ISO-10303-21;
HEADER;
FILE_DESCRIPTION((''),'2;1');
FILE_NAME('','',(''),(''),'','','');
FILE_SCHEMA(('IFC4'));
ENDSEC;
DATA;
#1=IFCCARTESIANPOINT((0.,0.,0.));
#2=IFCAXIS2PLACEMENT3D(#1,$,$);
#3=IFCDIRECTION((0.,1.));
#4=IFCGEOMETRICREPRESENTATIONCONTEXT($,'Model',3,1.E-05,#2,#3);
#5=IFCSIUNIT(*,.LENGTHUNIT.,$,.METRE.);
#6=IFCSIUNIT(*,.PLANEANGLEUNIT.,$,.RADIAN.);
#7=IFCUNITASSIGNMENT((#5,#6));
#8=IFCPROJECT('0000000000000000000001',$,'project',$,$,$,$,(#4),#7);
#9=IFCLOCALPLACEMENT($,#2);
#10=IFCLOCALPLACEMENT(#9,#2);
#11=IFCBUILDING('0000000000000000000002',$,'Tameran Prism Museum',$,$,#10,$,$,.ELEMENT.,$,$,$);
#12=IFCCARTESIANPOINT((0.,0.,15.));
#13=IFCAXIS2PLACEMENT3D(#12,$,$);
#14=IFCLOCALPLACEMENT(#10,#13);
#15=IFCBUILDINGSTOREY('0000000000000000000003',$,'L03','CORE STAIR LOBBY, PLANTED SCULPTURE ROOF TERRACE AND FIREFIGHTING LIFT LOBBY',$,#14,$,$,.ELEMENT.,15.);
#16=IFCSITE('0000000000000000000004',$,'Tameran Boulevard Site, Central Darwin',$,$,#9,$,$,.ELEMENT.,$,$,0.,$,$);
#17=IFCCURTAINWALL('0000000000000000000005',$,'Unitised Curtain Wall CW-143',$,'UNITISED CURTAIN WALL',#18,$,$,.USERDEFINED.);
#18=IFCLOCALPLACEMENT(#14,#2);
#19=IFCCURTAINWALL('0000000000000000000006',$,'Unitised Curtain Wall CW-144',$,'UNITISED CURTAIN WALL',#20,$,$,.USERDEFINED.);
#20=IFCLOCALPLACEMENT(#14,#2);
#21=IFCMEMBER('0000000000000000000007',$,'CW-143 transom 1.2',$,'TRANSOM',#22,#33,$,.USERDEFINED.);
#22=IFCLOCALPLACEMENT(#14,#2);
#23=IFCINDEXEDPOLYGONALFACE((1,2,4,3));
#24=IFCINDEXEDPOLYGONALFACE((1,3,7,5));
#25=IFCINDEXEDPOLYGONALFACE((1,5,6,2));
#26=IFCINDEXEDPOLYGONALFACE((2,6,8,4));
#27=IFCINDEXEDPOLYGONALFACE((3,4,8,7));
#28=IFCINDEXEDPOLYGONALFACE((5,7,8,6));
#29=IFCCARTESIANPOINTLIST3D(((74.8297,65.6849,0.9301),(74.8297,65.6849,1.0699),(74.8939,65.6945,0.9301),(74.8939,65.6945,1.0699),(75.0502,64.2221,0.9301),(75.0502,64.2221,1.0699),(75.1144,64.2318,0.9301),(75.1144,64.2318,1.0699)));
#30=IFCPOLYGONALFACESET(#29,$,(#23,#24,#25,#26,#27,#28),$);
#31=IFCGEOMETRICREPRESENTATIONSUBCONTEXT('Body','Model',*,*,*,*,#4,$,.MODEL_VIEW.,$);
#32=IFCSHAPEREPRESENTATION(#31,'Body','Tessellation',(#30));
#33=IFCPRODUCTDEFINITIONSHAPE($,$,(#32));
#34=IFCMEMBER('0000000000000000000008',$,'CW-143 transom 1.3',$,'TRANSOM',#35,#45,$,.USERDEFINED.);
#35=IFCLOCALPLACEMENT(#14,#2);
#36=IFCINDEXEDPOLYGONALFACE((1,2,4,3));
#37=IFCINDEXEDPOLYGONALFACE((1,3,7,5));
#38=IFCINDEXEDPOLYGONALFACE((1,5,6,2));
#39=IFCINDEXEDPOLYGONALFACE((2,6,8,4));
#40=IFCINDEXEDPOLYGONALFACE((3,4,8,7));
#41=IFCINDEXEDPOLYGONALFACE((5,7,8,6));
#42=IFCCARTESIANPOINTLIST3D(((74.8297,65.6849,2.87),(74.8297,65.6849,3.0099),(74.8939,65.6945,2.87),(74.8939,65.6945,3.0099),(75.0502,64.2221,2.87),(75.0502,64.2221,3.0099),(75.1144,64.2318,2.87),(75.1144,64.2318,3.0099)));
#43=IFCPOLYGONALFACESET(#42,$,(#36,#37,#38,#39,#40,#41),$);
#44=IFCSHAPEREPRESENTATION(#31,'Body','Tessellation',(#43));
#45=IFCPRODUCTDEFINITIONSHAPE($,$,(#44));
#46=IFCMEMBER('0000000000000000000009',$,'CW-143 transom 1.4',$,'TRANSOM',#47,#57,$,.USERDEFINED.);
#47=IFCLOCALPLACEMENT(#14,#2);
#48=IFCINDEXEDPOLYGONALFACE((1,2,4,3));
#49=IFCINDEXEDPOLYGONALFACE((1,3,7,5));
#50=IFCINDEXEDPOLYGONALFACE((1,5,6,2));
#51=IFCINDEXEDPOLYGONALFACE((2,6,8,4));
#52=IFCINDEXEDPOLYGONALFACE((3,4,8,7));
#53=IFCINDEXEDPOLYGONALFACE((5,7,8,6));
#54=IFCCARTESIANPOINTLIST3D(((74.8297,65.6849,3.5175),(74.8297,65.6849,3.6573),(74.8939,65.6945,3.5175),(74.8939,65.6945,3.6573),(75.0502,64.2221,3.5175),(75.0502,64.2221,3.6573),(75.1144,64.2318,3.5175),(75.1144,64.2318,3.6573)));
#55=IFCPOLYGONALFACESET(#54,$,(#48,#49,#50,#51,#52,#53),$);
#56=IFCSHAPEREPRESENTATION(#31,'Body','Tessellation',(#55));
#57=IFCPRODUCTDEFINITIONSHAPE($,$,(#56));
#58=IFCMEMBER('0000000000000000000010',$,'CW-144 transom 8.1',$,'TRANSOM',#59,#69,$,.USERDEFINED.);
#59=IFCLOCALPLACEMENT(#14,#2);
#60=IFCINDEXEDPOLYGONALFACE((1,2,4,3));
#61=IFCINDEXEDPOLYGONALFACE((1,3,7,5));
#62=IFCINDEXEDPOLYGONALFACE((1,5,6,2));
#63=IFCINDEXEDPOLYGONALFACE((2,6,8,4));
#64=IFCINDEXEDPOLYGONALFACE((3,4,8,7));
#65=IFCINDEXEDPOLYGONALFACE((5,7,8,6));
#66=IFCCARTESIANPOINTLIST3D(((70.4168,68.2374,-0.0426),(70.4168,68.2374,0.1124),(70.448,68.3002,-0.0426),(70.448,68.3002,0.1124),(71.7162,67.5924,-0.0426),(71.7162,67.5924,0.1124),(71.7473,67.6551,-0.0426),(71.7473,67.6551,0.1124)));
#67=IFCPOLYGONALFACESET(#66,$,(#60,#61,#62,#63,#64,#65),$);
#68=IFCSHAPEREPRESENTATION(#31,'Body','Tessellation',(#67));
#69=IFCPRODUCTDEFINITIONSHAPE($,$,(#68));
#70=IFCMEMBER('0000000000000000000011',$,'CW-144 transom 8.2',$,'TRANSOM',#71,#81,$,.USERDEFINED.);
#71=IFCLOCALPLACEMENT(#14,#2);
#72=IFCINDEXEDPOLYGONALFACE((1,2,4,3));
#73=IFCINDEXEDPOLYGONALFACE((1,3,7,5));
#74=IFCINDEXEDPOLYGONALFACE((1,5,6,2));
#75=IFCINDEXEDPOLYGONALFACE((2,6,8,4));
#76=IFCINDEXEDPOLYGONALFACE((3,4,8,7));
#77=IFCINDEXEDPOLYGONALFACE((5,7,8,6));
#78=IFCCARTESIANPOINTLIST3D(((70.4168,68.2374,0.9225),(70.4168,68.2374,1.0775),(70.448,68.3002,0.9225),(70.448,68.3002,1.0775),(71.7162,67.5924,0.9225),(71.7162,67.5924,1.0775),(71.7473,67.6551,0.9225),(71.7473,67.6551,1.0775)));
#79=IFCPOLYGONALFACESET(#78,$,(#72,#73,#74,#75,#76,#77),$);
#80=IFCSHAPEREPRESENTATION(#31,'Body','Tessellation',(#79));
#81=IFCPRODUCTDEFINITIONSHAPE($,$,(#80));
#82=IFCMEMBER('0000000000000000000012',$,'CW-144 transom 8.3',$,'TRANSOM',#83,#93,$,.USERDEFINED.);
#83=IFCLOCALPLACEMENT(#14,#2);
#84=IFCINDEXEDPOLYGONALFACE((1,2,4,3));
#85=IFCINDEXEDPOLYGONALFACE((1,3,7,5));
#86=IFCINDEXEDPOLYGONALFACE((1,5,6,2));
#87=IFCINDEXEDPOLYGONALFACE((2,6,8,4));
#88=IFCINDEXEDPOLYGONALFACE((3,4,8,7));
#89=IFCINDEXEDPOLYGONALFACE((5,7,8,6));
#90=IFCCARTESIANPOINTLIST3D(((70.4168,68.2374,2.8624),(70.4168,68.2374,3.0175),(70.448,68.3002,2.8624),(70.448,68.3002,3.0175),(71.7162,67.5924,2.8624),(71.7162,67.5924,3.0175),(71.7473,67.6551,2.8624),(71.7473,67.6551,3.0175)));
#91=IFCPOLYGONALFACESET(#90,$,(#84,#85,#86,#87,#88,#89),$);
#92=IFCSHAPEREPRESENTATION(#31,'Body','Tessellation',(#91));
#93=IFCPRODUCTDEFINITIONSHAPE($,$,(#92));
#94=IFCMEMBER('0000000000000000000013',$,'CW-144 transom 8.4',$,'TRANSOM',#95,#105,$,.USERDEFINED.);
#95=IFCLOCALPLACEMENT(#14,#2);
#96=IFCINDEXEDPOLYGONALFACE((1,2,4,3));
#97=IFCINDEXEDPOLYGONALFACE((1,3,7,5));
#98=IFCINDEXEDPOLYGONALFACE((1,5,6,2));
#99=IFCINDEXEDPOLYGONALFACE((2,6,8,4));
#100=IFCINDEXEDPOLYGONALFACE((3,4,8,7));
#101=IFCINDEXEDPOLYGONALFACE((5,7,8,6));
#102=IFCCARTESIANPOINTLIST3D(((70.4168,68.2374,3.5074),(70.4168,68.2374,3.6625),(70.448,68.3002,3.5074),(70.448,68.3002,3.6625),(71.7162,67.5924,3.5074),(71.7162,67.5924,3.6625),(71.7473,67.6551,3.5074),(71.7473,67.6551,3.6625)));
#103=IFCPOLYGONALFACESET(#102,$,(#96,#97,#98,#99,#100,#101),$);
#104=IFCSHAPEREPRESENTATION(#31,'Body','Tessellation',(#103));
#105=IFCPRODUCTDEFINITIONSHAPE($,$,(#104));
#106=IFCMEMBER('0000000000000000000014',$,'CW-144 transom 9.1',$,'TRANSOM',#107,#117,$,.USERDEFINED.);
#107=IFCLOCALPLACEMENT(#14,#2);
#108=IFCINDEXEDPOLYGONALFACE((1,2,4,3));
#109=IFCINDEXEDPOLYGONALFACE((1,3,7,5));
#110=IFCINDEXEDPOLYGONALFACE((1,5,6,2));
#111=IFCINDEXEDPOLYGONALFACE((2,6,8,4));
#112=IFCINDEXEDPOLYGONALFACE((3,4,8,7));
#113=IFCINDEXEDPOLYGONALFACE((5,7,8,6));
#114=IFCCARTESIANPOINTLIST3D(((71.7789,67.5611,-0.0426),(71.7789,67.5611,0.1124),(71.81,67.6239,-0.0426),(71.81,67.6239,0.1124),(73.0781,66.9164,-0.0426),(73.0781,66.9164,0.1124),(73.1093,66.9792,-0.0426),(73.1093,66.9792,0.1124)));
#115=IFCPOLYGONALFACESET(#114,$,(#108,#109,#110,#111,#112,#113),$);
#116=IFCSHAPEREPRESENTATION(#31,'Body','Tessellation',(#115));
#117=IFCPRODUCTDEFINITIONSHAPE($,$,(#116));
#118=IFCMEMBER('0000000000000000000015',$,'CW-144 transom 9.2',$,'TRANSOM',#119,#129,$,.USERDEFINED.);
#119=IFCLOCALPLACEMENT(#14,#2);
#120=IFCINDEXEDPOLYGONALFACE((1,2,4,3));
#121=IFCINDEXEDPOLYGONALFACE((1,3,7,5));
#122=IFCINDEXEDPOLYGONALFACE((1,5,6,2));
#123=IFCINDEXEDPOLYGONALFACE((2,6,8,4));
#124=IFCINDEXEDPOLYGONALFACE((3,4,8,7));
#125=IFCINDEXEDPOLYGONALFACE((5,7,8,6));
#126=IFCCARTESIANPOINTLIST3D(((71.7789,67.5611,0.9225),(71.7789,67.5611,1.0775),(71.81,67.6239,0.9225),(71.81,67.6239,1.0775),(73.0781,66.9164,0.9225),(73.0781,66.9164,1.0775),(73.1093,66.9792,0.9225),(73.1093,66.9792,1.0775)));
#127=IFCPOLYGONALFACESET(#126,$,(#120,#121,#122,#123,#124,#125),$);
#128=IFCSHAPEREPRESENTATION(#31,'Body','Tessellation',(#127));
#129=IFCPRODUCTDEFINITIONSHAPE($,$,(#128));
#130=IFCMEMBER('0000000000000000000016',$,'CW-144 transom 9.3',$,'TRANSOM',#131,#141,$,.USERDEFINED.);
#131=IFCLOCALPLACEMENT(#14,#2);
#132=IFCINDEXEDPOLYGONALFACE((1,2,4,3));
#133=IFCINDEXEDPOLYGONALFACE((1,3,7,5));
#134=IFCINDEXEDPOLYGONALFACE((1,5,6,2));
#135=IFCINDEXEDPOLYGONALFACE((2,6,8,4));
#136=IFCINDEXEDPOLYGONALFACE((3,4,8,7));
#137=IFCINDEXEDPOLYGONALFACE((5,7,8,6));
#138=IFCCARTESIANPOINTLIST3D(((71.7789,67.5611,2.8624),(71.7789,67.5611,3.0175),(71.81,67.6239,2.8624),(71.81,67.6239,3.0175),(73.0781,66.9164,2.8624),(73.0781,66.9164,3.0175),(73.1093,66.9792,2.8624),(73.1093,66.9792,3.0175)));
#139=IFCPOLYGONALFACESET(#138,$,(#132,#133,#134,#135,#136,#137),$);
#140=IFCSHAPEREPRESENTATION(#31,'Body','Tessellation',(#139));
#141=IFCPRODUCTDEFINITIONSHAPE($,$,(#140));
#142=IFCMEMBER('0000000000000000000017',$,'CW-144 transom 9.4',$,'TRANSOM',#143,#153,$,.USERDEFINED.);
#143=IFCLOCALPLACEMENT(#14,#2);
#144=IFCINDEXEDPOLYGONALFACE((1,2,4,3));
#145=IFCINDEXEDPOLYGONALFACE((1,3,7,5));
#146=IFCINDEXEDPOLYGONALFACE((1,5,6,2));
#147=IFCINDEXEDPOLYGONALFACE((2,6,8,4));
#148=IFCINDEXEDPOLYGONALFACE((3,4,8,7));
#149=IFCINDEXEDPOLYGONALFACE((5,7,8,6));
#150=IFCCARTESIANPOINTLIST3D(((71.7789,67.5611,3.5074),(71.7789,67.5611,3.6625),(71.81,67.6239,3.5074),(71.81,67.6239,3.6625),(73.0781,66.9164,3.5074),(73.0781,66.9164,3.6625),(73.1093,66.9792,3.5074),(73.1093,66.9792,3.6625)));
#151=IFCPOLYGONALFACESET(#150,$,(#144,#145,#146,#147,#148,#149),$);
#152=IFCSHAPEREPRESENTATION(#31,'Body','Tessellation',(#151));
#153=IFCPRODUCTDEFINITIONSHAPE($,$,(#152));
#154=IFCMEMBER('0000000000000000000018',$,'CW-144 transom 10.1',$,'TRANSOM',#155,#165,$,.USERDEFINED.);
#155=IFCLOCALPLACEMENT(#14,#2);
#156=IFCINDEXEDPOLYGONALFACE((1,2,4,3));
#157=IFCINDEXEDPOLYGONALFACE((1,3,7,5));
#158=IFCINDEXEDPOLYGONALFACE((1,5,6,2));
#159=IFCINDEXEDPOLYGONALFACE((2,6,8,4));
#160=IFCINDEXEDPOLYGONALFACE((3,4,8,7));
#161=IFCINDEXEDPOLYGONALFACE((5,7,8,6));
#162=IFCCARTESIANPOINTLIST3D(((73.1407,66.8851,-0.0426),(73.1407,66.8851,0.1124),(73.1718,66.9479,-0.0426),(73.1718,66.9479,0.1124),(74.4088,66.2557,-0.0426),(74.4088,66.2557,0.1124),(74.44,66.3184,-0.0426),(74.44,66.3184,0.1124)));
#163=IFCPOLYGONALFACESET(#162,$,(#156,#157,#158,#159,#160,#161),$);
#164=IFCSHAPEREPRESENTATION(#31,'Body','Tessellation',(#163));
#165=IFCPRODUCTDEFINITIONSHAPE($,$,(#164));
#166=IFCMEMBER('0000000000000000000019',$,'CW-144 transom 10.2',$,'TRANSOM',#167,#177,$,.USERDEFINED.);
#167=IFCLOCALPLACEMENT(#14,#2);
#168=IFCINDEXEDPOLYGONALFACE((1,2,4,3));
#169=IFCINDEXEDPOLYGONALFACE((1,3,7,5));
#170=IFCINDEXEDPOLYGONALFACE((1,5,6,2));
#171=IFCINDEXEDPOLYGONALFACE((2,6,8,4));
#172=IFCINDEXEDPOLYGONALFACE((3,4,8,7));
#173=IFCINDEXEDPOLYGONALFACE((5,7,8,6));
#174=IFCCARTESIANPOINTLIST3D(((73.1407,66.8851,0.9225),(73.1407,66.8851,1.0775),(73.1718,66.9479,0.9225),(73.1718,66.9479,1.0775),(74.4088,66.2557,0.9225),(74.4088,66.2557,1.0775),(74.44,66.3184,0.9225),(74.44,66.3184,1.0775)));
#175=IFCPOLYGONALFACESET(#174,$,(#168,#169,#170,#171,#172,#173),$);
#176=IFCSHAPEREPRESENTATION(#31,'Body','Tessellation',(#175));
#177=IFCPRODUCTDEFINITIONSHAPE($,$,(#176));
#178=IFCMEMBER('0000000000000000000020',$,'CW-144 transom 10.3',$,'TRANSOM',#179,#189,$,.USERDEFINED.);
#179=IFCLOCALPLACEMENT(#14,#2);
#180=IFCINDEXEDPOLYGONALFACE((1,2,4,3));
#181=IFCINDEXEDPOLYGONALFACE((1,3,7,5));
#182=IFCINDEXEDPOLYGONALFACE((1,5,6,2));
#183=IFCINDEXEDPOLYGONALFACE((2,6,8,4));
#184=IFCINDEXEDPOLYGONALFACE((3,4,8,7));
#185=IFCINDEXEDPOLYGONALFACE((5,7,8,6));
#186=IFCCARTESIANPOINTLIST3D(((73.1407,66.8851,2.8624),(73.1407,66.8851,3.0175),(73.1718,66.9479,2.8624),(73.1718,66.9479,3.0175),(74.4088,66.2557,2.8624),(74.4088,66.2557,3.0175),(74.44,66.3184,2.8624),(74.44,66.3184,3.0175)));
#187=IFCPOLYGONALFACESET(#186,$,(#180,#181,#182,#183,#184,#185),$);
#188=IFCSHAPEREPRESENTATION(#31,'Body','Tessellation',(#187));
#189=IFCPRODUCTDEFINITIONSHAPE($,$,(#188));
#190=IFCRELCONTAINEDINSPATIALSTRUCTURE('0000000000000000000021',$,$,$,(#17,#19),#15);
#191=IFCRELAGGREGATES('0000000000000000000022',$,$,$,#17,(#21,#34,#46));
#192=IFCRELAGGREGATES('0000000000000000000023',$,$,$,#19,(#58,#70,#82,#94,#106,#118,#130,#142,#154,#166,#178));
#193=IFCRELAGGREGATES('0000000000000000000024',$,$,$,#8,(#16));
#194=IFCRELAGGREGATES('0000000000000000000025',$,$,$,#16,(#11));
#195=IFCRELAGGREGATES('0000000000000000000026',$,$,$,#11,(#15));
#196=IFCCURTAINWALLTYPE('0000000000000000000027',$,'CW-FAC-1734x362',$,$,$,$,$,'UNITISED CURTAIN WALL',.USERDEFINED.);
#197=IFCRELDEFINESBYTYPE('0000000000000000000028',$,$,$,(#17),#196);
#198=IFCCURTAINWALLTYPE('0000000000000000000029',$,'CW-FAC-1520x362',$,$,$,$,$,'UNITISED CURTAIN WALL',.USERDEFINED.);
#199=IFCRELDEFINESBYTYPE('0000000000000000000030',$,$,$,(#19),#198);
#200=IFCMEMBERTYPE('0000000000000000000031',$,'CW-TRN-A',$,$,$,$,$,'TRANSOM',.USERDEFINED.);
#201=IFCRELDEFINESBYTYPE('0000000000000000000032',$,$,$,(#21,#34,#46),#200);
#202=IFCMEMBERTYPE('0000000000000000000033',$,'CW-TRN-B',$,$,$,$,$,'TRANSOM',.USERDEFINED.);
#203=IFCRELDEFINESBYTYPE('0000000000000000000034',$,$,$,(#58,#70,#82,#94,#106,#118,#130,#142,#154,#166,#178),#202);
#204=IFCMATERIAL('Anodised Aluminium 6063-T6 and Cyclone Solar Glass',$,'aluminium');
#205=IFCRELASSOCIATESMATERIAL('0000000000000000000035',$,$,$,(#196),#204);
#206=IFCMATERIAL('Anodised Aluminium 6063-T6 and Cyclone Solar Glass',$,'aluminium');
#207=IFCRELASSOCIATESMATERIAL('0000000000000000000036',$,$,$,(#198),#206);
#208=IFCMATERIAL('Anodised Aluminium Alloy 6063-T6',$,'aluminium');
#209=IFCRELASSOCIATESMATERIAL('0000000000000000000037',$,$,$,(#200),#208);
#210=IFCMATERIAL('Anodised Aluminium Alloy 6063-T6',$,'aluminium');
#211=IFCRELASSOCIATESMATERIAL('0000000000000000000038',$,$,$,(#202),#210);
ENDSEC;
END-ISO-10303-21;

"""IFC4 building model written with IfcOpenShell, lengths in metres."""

from ifc_helpers import new_model, si_unit, direction, frame, origin, origin_2d, place, context, subcontext, project, spatial, rectangle, extrude, material, material_profile, profile_set, type_object, element, aggregate, save


model = new_model("IFC4")

# Units and contexts
model_context = context("Model", 3, precision=1e-05, world=origin(), true_north=direction((0.0, 1.0)))
body_context = subcontext(model_context, "Body", "Model", "MODEL_VIEW")
ifc_project = project(units=[si_unit("LENGTHUNIT", "METRE"), si_unit("PLANEANGLEUNIT", "RADIAN")], contexts=[model_context])

# Site, building, storey
site_placement = place(None, origin())
site = spatial("IfcSite", under=ifc_project, at=site_placement, Name="Tameran Boulevard Site, Central Darwin", CompositionType="ELEMENT", RefElevation=0.0)
building_placement = place(site_placement, origin())
building = spatial("IfcBuilding", under=site, at=building_placement, Name="Tameran Prism Museum", CompositionType="ELEMENT")
storey_placement = place(building_placement, frame((0.0, 0.0, 15.0)))
storey = spatial("IfcBuildingStorey", under=building, at=storey_placement, Name="L03", Description="CORE STAIR LOBBY, PLANTED SCULPTURE ROOF TERRACE AND FIREFIGHTING LIFT LOBBY", CompositionType="ELEMENT", Elevation=15.0)

# Curtain wall
ifc_material_1 = material(Name="Anodised Aluminium 6063-T6 and Cyclone Solar Glass", Category="aluminium")
curtain_wall_type_1 = type_object("IfcCurtainWallType", Name="CW-FAC-1734x362", ElementType="UNITISED CURTAIN WALL", PredefinedType="USERDEFINED", material=ifc_material_1)
curtain_wall_1_placement = place(storey_placement, origin())
curtain_wall_1 = element("IfcCurtainWall", 1, at=curtain_wall_1_placement, inside=storey, type_object=curtain_wall_type_1, Name="Unitised Curtain Wall CW-143", ObjectType="UNITISED CURTAIN WALL", PredefinedType="USERDEFINED")

# Curtain wall
ifc_material_2 = material(Name="Anodised Aluminium 6063-T6 and Cyclone Solar Glass", Category="aluminium")
curtain_wall_type_2 = type_object("IfcCurtainWallType", Name="CW-FAC-1520x362", ElementType="UNITISED CURTAIN WALL", PredefinedType="USERDEFINED", material=ifc_material_2)
curtain_wall_2_placement = place(storey_placement, origin())
curtain_wall_2 = element("IfcCurtainWall", 2, at=curtain_wall_2_placement, inside=storey, type_object=curtain_wall_type_2, Name="Unitised Curtain Wall CW-144", ObjectType="UNITISED CURTAIN WALL", PredefinedType="USERDEFINED")

# Members
ifc_material_3 = material(Name="Anodised Aluminium Alloy 6063-T6", Category="aluminium")
ifc_material_profile_1 = material_profile(ifc_material_3, rectangle(XDim=0.0649, YDim=0.1399, at=origin_2d()))
ifc_profile_set_1 = profile_set([ifc_material_profile_1])
member_type_1 = type_object("IfcMemberType", Name="CW-TRN-A", ElementType="TRANSOM", PredefinedType="USERDEFINED", material=ifc_profile_set_1)
member_1_placement = place(storey_placement, frame((74.8618, 65.6897, 1.0), z_axis=(0.149043, -0.988831, 0.0), x_axis=(0.988831, 0.149043, 0.0)))
member_1 = element("IfcMember", 3, at=member_1_placement, type_object=member_type_1, Name="CW-143 transom 1.2", ObjectType="TRANSOM", PredefinedType="USERDEFINED", context=body_context, shape_type="SweptSolid", body=[
    extrude(rectangle(XDim=0.0649, YDim=0.1399, at=origin_2d()), origin(), (0.0, 0.0, 1.0), 1.4792),
])
member_2_placement = place(storey_placement, frame((74.8618, 65.6897, 2.9399), z_axis=(0.149043, -0.988831, 0.0), x_axis=(0.988831, 0.149043, 0.0)))
member_2 = element("IfcMember", 4, at=member_2_placement, type_object=member_type_1, Name="CW-143 transom 1.3", ObjectType="TRANSOM", PredefinedType="USERDEFINED", context=body_context, shape_type="SweptSolid", body=[
    extrude(rectangle(XDim=0.0649, YDim=0.1399, at=origin_2d()), origin(), (0.0, 0.0, 1.0), 1.4792),
])
member_3_placement = place(storey_placement, frame((74.8618, 65.6897, 3.5874), z_axis=(0.149043, -0.988831, 0.0), x_axis=(0.988831, 0.149043, 0.0)))
member_3 = element("IfcMember", 5, at=member_3_placement, type_object=member_type_1, Name="CW-143 transom 1.4", ObjectType="TRANSOM", PredefinedType="USERDEFINED", context=body_context, shape_type="SweptSolid", body=[
    extrude(rectangle(XDim=0.0649, YDim=0.1399, at=origin_2d()), origin(), (0.0, 0.0, 1.0), 1.4792),
])
aggregate(curtain_wall_1, [member_1, member_2, member_3])
ifc_material_4 = material(Name="Anodised Aluminium Alloy 6063-T6", Category="aluminium")
ifc_material_profile_2 = material_profile(ifc_material_4, rectangle(XDim=0.0701, YDim=0.155, at=origin_2d()))
ifc_profile_set_2 = profile_set([ifc_material_profile_2])
member_type_2 = type_object("IfcMemberType", Name="CW-TRN-B", ElementType="TRANSOM", PredefinedType="USERDEFINED", material=ifc_profile_set_2)
member_4_placement = place(storey_placement, frame((70.4324, 68.2688, 0.0349), z_axis=(0.895703, -0.444654, 0.0), x_axis=(0.444654, 0.895703, 0.0)))
member_4 = element("IfcMember", 6, at=member_4_placement, type_object=member_type_2, Name="CW-144 transom 8.1", ObjectType="TRANSOM", PredefinedType="USERDEFINED", context=body_context, shape_type="SweptSolid", body=[
    extrude(rectangle(XDim=0.0701, YDim=0.155, at=origin_2d()), origin(), (0.0, 0.0, 1.0), 1.4507),
])
member_5_placement = place(storey_placement, frame((70.4324, 68.2688, 1.0), z_axis=(0.895703, -0.444654, 0.0), x_axis=(0.444654, 0.895703, 0.0)))
member_5 = element("IfcMember", 7, at=member_5_placement, type_object=member_type_2, Name="CW-144 transom 8.2", ObjectType="TRANSOM", PredefinedType="USERDEFINED", context=body_context, shape_type="SweptSolid", body=[
    extrude(rectangle(XDim=0.0701, YDim=0.155, at=origin_2d()), origin(), (0.0, 0.0, 1.0), 1.4507),
])
member_6_placement = place(storey_placement, frame((70.4324, 68.2688, 2.9399), z_axis=(0.895703, -0.444654, 0.0), x_axis=(0.444654, 0.895703, 0.0)))
member_6 = element("IfcMember", 8, at=member_6_placement, type_object=member_type_2, Name="CW-144 transom 8.3", ObjectType="TRANSOM", PredefinedType="USERDEFINED", context=body_context, shape_type="SweptSolid", body=[
    extrude(rectangle(XDim=0.0701, YDim=0.155, at=origin_2d()), origin(), (0.0, 0.0, 1.0), 1.4507),
])
member_7_placement = place(storey_placement, frame((70.4324, 68.2688, 3.585), z_axis=(0.895703, -0.444654, 0.0), x_axis=(0.444654, 0.895703, 0.0)))
member_7 = element("IfcMember", 9, at=member_7_placement, type_object=member_type_2, Name="CW-144 transom 8.4", ObjectType="TRANSOM", PredefinedType="USERDEFINED", context=body_context, shape_type="SweptSolid", body=[
    extrude(rectangle(XDim=0.0701, YDim=0.155, at=origin_2d()), origin(), (0.0, 0.0, 1.0), 1.4507),
])
member_8_placement = place(storey_placement, frame((71.7944, 67.5925, 0.0349), z_axis=(0.89577, -0.444519, 0.0), x_axis=(0.444519, 0.89577, 0.0)))
member_8 = element("IfcMember", 10, at=member_8_placement, type_object=member_type_2, Name="CW-144 transom 9.1", ObjectType="TRANSOM", PredefinedType="USERDEFINED", context=body_context, shape_type="SweptSolid", body=[
    extrude(rectangle(XDim=0.0701, YDim=0.155, at=origin_2d()), origin(), (0.0, 0.0, 1.0), 1.4504),
])
member_9_placement = place(storey_placement, frame((71.7944, 67.5925, 1.0), z_axis=(0.89577, -0.444519, 0.0), x_axis=(0.444519, 0.89577, 0.0)))
member_9 = element("IfcMember", 11, at=member_9_placement, type_object=member_type_2, Name="CW-144 transom 9.2", ObjectType="TRANSOM", PredefinedType="USERDEFINED", context=body_context, shape_type="SweptSolid", body=[
    extrude(rectangle(XDim=0.0701, YDim=0.155, at=origin_2d()), origin(), (0.0, 0.0, 1.0), 1.4504),
])
member_10_placement = place(storey_placement, frame((71.7944, 67.5925, 2.9399), z_axis=(0.89577, -0.444519, 0.0), x_axis=(0.444519, 0.89577, 0.0)))
member_10 = element("IfcMember", 12, at=member_10_placement, type_object=member_type_2, Name="CW-144 transom 9.3", ObjectType="TRANSOM", PredefinedType="USERDEFINED", context=body_context, shape_type="SweptSolid", body=[
    extrude(rectangle(XDim=0.0701, YDim=0.155, at=origin_2d()), origin(), (0.0, 0.0, 1.0), 1.4504),
])
member_11_placement = place(storey_placement, frame((71.7944, 67.5925, 3.585), z_axis=(0.89577, -0.444519, 0.0), x_axis=(0.444519, 0.89577, 0.0)))
member_11 = element("IfcMember", 13, at=member_11_placement, type_object=member_type_2, Name="CW-144 transom 9.4", ObjectType="TRANSOM", PredefinedType="USERDEFINED", context=body_context, shape_type="SweptSolid", body=[
    extrude(rectangle(XDim=0.0701, YDim=0.155, at=origin_2d()), origin(), (0.0, 0.0, 1.0), 1.4504),
])
member_12_placement = place(storey_placement, frame((73.1562, 66.9165, 0.0349), z_axis=(0.895734, -0.44459, 0.0), x_axis=(0.44459, 0.895734, 0.0)))
member_12 = element("IfcMember", 14, at=member_12_placement, type_object=member_type_2, Name="CW-144 transom 10.1", ObjectType="TRANSOM", PredefinedType="USERDEFINED", context=body_context, shape_type="SweptSolid", body=[
    extrude(rectangle(XDim=0.0701, YDim=0.155, at=origin_2d()), origin(), (0.0, 0.0, 1.0), 1.4158),
])
member_13_placement = place(storey_placement, frame((73.1562, 66.9165, 1.0), z_axis=(0.895734, -0.44459, 0.0), x_axis=(0.44459, 0.895734, 0.0)))
member_13 = element("IfcMember", 15, at=member_13_placement, type_object=member_type_2, Name="CW-144 transom 10.2", ObjectType="TRANSOM", PredefinedType="USERDEFINED", context=body_context, shape_type="SweptSolid", body=[
    extrude(rectangle(XDim=0.0701, YDim=0.155, at=origin_2d()), origin(), (0.0, 0.0, 1.0), 1.4158),
])
member_14_placement = place(storey_placement, frame((73.1562, 66.9165, 2.9399), z_axis=(0.895734, -0.44459, 0.0), x_axis=(0.44459, 0.895734, 0.0)))
member_14 = element("IfcMember", 16, at=member_14_placement, type_object=member_type_2, Name="CW-144 transom 10.3", ObjectType="TRANSOM", PredefinedType="USERDEFINED", context=body_context, shape_type="SweptSolid", body=[
    extrude(rectangle(XDim=0.0701, YDim=0.155, at=origin_2d()), origin(), (0.0, 0.0, 1.0), 1.4158),
])

aggregate(curtain_wall_2, [member_4, member_5, member_6, member_7, member_8, member_9, member_10, member_11, member_12, member_13, member_14])

save(model, "model.ifc")
